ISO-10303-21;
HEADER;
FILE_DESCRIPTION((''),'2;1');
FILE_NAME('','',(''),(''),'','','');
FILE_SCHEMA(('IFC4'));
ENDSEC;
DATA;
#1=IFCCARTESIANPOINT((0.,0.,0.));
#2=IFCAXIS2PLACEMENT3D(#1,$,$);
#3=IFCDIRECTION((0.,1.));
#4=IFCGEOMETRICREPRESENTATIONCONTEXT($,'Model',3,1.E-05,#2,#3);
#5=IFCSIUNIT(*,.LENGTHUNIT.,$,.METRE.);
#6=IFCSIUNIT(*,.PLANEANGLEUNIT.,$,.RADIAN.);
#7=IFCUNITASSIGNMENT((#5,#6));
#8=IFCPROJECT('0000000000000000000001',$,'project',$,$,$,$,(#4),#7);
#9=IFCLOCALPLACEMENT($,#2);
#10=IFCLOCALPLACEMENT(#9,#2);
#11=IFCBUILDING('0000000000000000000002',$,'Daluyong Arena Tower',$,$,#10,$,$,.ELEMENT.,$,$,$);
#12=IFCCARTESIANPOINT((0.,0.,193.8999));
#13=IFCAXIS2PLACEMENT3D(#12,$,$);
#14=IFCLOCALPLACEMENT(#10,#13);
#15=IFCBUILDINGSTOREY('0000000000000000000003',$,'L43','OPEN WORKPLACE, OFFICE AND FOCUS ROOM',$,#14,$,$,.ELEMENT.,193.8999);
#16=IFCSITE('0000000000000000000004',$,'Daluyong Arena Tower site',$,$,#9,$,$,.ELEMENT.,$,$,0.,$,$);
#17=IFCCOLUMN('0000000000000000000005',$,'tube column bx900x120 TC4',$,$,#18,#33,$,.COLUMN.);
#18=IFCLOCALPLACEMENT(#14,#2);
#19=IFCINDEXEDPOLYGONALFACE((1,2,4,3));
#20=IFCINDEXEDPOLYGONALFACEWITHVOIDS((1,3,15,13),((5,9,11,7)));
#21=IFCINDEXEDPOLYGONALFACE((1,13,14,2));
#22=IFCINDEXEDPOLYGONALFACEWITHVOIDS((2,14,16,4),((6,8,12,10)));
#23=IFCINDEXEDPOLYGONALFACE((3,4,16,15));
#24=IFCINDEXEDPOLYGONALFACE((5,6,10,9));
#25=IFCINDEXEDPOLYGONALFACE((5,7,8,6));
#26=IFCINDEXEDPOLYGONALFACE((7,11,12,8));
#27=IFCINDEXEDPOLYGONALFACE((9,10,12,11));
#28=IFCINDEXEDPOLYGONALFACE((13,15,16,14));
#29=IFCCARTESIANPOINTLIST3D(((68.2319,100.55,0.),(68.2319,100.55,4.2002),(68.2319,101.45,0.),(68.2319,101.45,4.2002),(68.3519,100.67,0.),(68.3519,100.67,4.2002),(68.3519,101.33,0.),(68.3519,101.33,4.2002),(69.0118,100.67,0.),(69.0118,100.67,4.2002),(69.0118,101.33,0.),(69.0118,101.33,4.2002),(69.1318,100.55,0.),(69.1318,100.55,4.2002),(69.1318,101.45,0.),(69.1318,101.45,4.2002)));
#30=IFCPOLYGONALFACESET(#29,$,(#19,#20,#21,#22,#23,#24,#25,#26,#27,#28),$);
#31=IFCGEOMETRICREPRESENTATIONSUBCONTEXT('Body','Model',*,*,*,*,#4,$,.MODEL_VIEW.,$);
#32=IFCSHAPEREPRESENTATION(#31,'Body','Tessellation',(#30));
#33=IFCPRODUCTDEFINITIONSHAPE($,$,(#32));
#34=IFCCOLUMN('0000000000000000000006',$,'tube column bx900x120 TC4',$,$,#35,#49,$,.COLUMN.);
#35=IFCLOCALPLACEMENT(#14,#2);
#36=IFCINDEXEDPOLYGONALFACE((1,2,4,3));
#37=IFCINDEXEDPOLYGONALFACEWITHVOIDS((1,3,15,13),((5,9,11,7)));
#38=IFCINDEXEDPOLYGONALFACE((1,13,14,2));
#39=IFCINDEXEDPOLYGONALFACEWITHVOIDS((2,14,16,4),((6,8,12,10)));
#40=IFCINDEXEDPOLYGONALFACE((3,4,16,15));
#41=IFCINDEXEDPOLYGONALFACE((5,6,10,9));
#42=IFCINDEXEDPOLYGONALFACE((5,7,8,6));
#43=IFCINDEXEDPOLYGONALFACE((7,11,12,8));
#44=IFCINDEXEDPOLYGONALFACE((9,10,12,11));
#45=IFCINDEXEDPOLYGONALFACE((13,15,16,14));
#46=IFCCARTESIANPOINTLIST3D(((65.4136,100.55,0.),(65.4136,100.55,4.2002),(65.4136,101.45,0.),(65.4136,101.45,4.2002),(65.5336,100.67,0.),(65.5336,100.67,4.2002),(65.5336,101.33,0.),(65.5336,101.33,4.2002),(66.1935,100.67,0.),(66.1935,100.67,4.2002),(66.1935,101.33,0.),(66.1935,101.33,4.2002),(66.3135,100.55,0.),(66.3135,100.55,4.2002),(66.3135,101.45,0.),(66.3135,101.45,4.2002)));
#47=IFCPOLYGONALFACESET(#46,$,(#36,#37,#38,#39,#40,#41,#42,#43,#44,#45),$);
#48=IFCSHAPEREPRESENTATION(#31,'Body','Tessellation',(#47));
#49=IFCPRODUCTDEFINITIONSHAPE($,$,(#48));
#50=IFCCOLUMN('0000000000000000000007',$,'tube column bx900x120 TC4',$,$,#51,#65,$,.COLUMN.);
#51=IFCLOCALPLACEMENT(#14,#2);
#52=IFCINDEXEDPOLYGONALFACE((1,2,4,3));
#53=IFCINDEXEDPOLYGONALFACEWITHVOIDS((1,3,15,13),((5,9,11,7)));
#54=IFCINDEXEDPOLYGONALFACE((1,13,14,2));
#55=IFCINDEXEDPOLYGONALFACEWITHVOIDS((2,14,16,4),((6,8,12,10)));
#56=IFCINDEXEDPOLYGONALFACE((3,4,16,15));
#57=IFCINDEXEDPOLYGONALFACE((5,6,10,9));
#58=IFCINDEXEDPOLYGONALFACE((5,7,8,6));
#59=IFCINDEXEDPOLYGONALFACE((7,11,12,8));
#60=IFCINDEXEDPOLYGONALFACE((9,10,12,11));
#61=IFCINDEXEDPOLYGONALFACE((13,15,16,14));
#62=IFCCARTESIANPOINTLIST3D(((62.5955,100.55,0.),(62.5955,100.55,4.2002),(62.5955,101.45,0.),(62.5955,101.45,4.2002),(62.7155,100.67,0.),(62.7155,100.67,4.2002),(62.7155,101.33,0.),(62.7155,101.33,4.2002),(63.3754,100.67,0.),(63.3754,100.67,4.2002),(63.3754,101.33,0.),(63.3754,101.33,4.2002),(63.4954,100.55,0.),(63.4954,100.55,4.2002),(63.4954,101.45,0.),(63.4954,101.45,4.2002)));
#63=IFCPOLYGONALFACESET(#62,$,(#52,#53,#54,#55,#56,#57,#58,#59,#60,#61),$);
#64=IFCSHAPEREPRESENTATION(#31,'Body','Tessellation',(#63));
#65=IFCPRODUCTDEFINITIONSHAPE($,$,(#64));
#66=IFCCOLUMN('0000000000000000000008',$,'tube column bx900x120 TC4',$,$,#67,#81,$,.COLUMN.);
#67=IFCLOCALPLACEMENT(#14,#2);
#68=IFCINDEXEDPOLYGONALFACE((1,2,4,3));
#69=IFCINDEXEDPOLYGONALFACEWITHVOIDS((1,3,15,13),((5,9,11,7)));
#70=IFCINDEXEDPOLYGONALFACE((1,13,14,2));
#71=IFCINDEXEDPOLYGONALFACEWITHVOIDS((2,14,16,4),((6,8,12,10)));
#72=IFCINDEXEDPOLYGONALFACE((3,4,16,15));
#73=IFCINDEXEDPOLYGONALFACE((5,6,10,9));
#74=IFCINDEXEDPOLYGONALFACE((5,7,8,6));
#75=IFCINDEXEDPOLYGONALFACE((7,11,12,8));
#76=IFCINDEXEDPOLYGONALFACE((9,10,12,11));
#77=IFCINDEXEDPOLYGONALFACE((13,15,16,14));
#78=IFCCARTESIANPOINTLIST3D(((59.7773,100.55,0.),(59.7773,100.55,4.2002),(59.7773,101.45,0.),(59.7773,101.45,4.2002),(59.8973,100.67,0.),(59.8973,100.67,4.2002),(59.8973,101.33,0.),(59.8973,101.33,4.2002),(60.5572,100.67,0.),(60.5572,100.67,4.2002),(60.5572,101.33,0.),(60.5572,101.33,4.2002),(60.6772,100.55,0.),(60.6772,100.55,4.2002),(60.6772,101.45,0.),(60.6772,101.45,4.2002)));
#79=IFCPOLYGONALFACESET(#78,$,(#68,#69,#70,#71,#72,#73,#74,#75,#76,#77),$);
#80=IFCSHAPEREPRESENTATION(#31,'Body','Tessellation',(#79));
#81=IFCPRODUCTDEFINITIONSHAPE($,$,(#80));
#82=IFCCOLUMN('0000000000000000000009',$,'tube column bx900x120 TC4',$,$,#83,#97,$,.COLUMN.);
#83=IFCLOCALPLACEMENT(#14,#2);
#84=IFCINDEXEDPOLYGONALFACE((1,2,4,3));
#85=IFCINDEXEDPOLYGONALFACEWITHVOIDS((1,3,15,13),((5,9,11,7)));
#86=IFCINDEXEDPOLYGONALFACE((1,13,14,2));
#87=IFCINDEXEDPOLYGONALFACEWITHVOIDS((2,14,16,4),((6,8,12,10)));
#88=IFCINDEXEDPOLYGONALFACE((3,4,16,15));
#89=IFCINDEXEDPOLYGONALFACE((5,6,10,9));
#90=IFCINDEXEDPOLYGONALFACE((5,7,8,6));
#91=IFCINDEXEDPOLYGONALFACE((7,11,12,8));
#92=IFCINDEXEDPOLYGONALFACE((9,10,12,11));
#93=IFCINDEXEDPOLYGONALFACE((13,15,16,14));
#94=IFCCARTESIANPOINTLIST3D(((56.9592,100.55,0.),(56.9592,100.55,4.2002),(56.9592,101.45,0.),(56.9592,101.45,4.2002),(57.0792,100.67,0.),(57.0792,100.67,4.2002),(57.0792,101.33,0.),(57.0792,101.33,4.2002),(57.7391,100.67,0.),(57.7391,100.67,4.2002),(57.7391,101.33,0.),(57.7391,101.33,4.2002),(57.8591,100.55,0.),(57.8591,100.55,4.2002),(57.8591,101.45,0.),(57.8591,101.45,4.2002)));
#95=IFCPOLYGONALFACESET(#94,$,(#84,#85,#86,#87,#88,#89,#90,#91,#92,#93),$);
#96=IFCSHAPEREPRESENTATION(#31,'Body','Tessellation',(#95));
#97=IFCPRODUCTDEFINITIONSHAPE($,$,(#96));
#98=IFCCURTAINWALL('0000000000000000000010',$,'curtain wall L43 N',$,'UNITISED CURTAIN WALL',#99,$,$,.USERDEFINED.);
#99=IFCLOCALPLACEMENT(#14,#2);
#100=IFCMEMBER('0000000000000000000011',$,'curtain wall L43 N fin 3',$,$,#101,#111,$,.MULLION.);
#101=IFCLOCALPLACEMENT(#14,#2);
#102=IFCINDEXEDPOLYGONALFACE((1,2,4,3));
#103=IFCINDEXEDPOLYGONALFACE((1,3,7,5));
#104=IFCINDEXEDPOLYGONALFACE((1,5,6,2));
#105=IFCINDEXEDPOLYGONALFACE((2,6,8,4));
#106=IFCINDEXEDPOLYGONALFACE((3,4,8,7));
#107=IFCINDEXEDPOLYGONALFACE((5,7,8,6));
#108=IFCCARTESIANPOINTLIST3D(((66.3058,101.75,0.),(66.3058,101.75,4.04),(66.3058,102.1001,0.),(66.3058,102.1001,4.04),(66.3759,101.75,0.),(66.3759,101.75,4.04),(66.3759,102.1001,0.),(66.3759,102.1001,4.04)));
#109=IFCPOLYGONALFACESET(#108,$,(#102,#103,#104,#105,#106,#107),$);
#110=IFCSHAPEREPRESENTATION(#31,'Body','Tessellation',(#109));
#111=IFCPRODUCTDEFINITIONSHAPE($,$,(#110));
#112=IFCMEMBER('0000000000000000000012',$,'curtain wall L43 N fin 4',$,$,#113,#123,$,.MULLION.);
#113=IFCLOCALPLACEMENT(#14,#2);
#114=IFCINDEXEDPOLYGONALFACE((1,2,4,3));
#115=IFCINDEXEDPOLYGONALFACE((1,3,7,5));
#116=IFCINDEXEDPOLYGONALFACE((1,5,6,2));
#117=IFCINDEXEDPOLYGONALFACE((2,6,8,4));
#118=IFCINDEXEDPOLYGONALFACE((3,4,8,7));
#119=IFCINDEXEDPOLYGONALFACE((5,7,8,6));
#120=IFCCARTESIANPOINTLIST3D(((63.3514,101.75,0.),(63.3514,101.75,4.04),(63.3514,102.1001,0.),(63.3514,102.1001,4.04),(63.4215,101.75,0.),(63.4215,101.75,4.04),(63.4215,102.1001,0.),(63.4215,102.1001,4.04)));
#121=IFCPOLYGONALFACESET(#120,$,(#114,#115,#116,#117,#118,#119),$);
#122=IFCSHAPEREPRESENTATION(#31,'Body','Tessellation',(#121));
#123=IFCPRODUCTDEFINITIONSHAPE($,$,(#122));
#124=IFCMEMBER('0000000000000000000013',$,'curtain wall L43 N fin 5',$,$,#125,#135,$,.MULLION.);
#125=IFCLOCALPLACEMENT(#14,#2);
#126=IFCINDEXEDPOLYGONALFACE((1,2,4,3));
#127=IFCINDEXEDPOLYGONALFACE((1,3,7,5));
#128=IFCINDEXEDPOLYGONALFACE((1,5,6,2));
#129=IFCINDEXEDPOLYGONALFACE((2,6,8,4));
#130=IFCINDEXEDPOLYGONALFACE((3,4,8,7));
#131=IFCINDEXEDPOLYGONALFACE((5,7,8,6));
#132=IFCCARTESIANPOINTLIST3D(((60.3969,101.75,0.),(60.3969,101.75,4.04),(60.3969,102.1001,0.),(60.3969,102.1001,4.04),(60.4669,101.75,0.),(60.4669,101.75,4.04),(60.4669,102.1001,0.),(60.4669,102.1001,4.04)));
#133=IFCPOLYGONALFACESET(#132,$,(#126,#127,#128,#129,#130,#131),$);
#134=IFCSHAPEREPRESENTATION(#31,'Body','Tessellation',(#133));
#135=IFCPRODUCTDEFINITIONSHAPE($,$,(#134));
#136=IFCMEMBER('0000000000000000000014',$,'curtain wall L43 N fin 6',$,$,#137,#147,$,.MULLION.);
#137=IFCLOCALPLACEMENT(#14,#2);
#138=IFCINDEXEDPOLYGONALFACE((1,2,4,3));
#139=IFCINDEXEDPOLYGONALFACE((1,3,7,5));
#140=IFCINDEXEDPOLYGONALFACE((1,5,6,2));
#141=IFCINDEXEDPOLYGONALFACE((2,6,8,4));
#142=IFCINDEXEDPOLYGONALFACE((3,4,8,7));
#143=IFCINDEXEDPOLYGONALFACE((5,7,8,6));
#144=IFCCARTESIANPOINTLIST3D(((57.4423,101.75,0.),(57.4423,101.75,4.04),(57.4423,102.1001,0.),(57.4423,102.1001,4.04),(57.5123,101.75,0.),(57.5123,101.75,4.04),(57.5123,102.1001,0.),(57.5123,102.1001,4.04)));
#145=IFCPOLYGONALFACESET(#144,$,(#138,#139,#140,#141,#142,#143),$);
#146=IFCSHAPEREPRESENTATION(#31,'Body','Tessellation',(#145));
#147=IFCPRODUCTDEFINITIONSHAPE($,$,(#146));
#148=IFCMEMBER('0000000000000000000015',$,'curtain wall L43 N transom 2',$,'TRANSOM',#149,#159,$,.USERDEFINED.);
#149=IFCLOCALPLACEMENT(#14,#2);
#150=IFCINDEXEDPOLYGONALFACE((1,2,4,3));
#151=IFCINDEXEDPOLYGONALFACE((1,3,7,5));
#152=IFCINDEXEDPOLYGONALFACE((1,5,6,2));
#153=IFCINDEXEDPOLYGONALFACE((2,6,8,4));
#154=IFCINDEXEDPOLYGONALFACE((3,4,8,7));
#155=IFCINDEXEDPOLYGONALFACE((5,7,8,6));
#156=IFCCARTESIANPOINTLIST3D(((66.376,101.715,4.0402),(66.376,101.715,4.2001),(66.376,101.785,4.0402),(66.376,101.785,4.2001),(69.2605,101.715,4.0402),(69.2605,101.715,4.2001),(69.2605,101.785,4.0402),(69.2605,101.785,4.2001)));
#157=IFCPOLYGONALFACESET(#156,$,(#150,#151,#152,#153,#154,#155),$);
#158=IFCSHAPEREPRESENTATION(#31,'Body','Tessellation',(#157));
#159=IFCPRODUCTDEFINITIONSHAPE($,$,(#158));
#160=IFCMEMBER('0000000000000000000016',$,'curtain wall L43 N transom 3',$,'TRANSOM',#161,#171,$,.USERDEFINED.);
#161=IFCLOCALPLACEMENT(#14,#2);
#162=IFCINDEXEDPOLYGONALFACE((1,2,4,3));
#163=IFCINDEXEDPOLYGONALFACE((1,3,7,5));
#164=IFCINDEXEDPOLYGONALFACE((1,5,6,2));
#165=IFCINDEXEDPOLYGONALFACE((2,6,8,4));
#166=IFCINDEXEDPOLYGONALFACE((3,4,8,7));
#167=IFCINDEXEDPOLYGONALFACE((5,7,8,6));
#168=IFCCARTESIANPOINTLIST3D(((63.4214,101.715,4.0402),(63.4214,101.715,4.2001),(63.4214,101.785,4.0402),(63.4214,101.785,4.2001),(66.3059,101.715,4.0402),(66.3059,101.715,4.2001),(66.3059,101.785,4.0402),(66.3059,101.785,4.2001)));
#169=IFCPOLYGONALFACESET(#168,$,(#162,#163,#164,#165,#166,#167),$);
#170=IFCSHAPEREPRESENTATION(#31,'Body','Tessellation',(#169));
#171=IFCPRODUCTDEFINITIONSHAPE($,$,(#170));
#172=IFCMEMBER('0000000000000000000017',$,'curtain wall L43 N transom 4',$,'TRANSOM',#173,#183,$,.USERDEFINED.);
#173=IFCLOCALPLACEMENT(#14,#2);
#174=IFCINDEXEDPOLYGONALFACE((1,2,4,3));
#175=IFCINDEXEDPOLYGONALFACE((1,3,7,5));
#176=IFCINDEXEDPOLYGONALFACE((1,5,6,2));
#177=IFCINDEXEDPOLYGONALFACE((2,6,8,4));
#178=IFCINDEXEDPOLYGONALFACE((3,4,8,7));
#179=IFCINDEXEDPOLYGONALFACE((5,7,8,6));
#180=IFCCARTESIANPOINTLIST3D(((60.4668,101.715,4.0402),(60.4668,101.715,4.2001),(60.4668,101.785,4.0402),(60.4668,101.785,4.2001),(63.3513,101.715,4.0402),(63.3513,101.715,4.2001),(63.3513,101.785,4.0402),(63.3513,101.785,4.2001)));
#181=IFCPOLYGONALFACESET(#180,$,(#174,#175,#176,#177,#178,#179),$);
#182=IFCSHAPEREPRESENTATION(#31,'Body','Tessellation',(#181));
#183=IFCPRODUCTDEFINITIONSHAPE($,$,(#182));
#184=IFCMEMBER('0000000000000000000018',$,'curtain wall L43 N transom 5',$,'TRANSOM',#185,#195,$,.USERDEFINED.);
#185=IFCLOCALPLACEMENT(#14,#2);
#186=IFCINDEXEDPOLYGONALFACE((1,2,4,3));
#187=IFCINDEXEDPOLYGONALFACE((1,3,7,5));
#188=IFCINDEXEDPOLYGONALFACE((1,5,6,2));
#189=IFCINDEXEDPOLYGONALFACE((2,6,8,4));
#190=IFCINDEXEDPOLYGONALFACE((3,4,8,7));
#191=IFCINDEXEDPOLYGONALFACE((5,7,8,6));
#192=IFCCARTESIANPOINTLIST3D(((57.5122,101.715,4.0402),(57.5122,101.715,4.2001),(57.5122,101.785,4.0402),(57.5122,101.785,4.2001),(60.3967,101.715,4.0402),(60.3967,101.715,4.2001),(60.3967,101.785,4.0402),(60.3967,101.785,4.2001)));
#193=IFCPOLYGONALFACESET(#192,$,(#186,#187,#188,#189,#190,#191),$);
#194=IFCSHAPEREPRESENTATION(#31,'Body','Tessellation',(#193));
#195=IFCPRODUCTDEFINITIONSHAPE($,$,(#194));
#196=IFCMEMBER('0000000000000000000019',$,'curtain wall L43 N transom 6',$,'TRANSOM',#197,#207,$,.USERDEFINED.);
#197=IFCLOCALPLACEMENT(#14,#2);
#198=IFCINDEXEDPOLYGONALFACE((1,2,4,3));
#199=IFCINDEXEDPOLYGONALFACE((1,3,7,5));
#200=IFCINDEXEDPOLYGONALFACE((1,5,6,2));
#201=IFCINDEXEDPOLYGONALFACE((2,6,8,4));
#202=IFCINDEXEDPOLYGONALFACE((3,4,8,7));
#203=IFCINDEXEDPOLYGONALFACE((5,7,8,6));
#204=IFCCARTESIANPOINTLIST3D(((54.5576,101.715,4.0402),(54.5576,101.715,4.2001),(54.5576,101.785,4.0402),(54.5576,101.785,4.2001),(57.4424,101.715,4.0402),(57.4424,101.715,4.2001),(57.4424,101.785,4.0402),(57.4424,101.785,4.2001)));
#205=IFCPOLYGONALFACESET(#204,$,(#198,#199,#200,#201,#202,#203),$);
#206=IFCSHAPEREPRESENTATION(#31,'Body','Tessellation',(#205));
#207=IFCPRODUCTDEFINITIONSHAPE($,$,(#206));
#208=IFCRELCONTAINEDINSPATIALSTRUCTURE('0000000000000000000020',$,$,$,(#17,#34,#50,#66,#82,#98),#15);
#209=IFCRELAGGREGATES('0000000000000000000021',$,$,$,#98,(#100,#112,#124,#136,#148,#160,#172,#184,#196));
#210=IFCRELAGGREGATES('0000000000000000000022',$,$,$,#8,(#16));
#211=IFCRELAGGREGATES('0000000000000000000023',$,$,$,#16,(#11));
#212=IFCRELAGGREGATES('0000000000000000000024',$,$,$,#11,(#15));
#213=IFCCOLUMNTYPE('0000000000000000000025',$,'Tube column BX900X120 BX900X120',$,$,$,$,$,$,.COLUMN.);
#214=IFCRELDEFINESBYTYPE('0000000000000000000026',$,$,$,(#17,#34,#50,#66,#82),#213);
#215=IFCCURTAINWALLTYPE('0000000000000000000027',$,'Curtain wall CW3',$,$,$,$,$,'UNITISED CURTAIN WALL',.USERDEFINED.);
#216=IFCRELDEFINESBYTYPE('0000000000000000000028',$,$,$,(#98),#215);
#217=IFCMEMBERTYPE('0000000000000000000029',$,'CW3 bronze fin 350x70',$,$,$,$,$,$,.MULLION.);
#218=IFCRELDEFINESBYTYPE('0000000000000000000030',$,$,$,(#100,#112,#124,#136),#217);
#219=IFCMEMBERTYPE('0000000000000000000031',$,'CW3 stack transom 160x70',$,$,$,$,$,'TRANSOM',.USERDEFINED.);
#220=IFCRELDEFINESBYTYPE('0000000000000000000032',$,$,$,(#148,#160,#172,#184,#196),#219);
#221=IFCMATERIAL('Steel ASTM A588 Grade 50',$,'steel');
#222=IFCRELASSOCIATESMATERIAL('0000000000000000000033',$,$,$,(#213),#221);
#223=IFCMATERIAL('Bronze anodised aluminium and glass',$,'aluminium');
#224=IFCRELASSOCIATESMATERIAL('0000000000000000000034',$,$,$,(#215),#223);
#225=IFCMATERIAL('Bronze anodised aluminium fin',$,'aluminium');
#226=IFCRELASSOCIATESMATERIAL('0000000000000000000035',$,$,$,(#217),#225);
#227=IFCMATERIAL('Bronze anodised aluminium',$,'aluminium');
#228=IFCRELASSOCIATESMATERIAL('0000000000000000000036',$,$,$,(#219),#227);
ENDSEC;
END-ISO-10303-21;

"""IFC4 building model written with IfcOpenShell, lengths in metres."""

from ifc_helpers import new_model, si_unit, direction, frame, origin, origin_2d, place, context, subcontext, project, spatial, rectangle, hollow_rectangle, extrude, material, material_profile, profile_set, type_object, element, aggregate, save


model = new_model("IFC4")

# Units and contexts
model_context = context("Model", 3, precision=1e-05, world=origin(), true_north=direction((0.0, 1.0)))
body_context = subcontext(model_context, "Body", "Model", "MODEL_VIEW")
ifc_project = project(units=[si_unit("LENGTHUNIT", "METRE"), si_unit("PLANEANGLEUNIT", "RADIAN")], contexts=[model_context])

# Site, building, storey
site_placement = place(None, origin())
site = spatial("IfcSite", under=ifc_project, at=site_placement, Name="Daluyong Arena Tower site", CompositionType="ELEMENT", RefElevation=0.0)
building_placement = place(site_placement, origin())
building = spatial("IfcBuilding", under=site, at=building_placement, Name="Daluyong Arena Tower", CompositionType="ELEMENT")
storey_placement = place(building_placement, frame((0.0, 0.0, 193.8999)))
storey = spatial("IfcBuildingStorey", under=building, at=storey_placement, Name="L43", Description="OPEN WORKPLACE, OFFICE AND FOCUS ROOM", CompositionType="ELEMENT", Elevation=193.8999)

# Columns
ifc_material_1 = material(Name="Steel ASTM A588 Grade 50", Category="steel")
ifc_material_profile_1 = material_profile(ifc_material_1, hollow_rectangle(XDim=0.8999, YDim=0.8999, WallThickness=0.12, at=origin_2d()))
ifc_profile_set_1 = profile_set([ifc_material_profile_1], Name="Steel ASTM A588 Grade 50")
column_type = type_object("IfcColumnType", Name="Tube column BX900X120 BX900X120", PredefinedType="COLUMN", material=ifc_profile_set_1)
for number, where, z_axis, x_axis, name in (
    (1, (68.6819, 101.0, 0.0), (0.0, 0.0, 1.0), (1.0, 0.0, 0.0), "tube column bx900x120 TC4"),
    (2, (65.8635, 101.0, 0.0), (0.0, 0.0, 1.0), (1.0, 0.0, 0.0), "tube column bx900x120 TC4"),
    (3, (63.0454, 101.0, 0.0), (0.0, 0.0, 1.0), (1.0, 0.0, 0.0), "tube column bx900x120 TC4"),
    (4, (60.2273, 101.0, 0.0), (0.0, 0.0, 1.0), (1.0, 0.0, 0.0), "tube column bx900x120 TC4"),
    (5, (57.4092, 101.0, 0.0), (0.0, 0.0, 1.0), (1.0, 0.0, 0.0), "tube column bx900x120 TC4"),
):
    element("IfcColumn", number, at=place(storey_placement, frame(where, z_axis=z_axis, x_axis=x_axis)), inside=storey, type_object=column_type, Name=name, PredefinedType="COLUMN", context=body_context, shape_type="SweptSolid", body=[
        extrude(hollow_rectangle(XDim=0.8999, YDim=0.8999, WallThickness=0.12, at=origin_2d()), origin(), (0.0, 0.0, 1.0), 4.2002),
    ])

# Curtain wall, members
ifc_material_2 = material(Name="Bronze anodised aluminium and glass", Category="aluminium")
curtain_wall_type = type_object("IfcCurtainWallType", Name="Curtain wall CW3", ElementType="UNITISED CURTAIN WALL", PredefinedType="USERDEFINED", material=ifc_material_2)
curtain_wall_placement = place(storey_placement, origin())
curtain_wall = element("IfcCurtainWall", 6, at=curtain_wall_placement, inside=storey, type_object=curtain_wall_type, Name="curtain wall L43 N", ObjectType="UNITISED CURTAIN WALL", PredefinedType="USERDEFINED")
ifc_material_3 = material(Name="Bronze anodised aluminium fin", Category="aluminium")
ifc_material_profile_2 = material_profile(ifc_material_3, rectangle(XDim=0.3501, YDim=0.0701, at=origin_2d()))
ifc_profile_set_2 = profile_set([ifc_material_profile_2], Name="Bronze anodised aluminium fin")
member_type_1 = type_object("IfcMemberType", Name="CW3 bronze fin 350x70", PredefinedType="MULLION", material=ifc_profile_set_2)
member_1_placement = place(storey_placement, frame((66.3408, 101.925, 0.0), z_axis=(0.0, 0.0, 1.0), x_axis=(0.0, -1.0, 0.0)))
member_1 = element("IfcMember", 7, at=member_1_placement, type_object=member_type_1, Name="curtain wall L43 N fin 3", PredefinedType="MULLION", context=body_context, shape_type="SweptSolid", body=[
    extrude(rectangle(XDim=0.3501, YDim=0.0701, at=origin_2d()), origin(), (0.0, 0.0, 1.0), 4.04),
])
member_2_placement = place(storey_placement, frame((63.3865, 101.925, 0.0), z_axis=(0.0, 0.0, 1.0), x_axis=(0.0, -1.0, 0.0)))
member_2 = element("IfcMember", 8, at=member_2_placement, type_object=member_type_1, Name="curtain wall L43 N fin 4", PredefinedType="MULLION", context=body_context, shape_type="SweptSolid", body=[
    extrude(rectangle(XDim=0.3501, YDim=0.0701, at=origin_2d()), origin(), (0.0, 0.0, 1.0), 4.04),
])
member_3_placement = place(storey_placement, frame((60.4319, 101.925, 0.0), z_axis=(0.0, 0.0, 1.0), x_axis=(0.0, -1.0, 0.0)))
member_3 = element("IfcMember", 9, at=member_3_placement, type_object=member_type_1, Name="curtain wall L43 N fin 5", PredefinedType="MULLION", context=body_context, shape_type="SweptSolid", body=[
    extrude(rectangle(XDim=0.3501, YDim=0.0701, at=origin_2d()), origin(), (0.0, 0.0, 1.0), 4.04),
])
member_4_placement = place(storey_placement, frame((57.4773, 101.925, 0.0), z_axis=(0.0, 0.0, 1.0), x_axis=(0.0, -1.0, 0.0)))
member_4 = element("IfcMember", 10, at=member_4_placement, type_object=member_type_1, Name="curtain wall L43 N fin 6", PredefinedType="MULLION", context=body_context, shape_type="SweptSolid", body=[
    extrude(rectangle(XDim=0.3501, YDim=0.0701, at=origin_2d()), origin(), (0.0, 0.0, 1.0), 4.04),
])
ifc_material_4 = material(Name="Bronze anodised aluminium", Category="aluminium")
ifc_material_profile_3 = material_profile(ifc_material_4, rectangle(XDim=0.0701, YDim=0.1599, at=origin_2d()))
ifc_profile_set_3 = profile_set([ifc_material_profile_3], Name="Bronze anodised aluminium")
member_type_2 = type_object("IfcMemberType", Name="CW3 stack transom 160x70", ElementType="TRANSOM", PredefinedType="USERDEFINED", material=ifc_profile_set_3)
member_5_placement = place(storey_placement, frame((69.2605, 101.75, 4.1201), z_axis=(-1.0, 0.0, 0.0), x_axis=(0.0, -1.0, 0.0)))
member_5 = element("IfcMember", 11, at=member_5_placement, type_object=member_type_2, Name="curtain wall L43 N transom 2", ObjectType="TRANSOM", PredefinedType="USERDEFINED", context=body_context, shape_type="SweptSolid", body=[
    extrude(rectangle(XDim=0.0701, YDim=0.1599, at=origin_2d()), origin(), (0.0, 0.0, 1.0), 2.8845),
])
member_6_placement = place(storey_placement, frame((66.3059, 101.75, 4.1201), z_axis=(-1.0, 0.0, 0.0), x_axis=(0.0, -1.0, 0.0)))
member_6 = element("IfcMember", 12, at=member_6_placement, type_object=member_type_2, Name="curtain wall L43 N transom 3", ObjectType="TRANSOM", PredefinedType="USERDEFINED", context=body_context, shape_type="SweptSolid", body=[
    extrude(rectangle(XDim=0.0701, YDim=0.1599, at=origin_2d()), origin(), (0.0, 0.0, 1.0), 2.8845),
])
member_7_placement = place(storey_placement, frame((63.3513, 101.75, 4.1201), z_axis=(-1.0, 0.0, 0.0), x_axis=(0.0, -1.0, 0.0)))
member_7 = element("IfcMember", 13, at=member_7_placement, type_object=member_type_2, Name="curtain wall L43 N transom 4", ObjectType="TRANSOM", PredefinedType="USERDEFINED", context=body_context, shape_type="SweptSolid", body=[
    extrude(rectangle(XDim=0.0701, YDim=0.1599, at=origin_2d()), origin(), (0.0, 0.0, 1.0), 2.8845),
])
member_8_placement = place(storey_placement, frame((60.3967, 101.75, 4.1201), z_axis=(-1.0, 0.0, 0.0), x_axis=(0.0, -1.0, 0.0)))
member_8 = element("IfcMember", 14, at=member_8_placement, type_object=member_type_2, Name="curtain wall L43 N transom 5", ObjectType="TRANSOM", PredefinedType="USERDEFINED", context=body_context, shape_type="SweptSolid", body=[
    extrude(rectangle(XDim=0.0701, YDim=0.1599, at=origin_2d()), origin(), (0.0, 0.0, 1.0), 2.8845),
])
member_9_placement = place(storey_placement, frame((57.4424, 101.75, 4.1201), z_axis=(-1.0, 0.0, 0.0), x_axis=(0.0, -1.0, 0.0)))
member_9 = element("IfcMember", 15, at=member_9_placement, type_object=member_type_2, Name="curtain wall L43 N transom 6", ObjectType="TRANSOM", PredefinedType="USERDEFINED", context=body_context, shape_type="SweptSolid", body=[
    extrude(rectangle(XDim=0.0701, YDim=0.1599, at=origin_2d()), origin(), (0.0, 0.0, 1.0), 2.8848),
])

aggregate(curtain_wall, [member_1, member_2, member_3, member_4, member_5, member_6, member_7, member_8, member_9])

save(model, "model.ifc")
